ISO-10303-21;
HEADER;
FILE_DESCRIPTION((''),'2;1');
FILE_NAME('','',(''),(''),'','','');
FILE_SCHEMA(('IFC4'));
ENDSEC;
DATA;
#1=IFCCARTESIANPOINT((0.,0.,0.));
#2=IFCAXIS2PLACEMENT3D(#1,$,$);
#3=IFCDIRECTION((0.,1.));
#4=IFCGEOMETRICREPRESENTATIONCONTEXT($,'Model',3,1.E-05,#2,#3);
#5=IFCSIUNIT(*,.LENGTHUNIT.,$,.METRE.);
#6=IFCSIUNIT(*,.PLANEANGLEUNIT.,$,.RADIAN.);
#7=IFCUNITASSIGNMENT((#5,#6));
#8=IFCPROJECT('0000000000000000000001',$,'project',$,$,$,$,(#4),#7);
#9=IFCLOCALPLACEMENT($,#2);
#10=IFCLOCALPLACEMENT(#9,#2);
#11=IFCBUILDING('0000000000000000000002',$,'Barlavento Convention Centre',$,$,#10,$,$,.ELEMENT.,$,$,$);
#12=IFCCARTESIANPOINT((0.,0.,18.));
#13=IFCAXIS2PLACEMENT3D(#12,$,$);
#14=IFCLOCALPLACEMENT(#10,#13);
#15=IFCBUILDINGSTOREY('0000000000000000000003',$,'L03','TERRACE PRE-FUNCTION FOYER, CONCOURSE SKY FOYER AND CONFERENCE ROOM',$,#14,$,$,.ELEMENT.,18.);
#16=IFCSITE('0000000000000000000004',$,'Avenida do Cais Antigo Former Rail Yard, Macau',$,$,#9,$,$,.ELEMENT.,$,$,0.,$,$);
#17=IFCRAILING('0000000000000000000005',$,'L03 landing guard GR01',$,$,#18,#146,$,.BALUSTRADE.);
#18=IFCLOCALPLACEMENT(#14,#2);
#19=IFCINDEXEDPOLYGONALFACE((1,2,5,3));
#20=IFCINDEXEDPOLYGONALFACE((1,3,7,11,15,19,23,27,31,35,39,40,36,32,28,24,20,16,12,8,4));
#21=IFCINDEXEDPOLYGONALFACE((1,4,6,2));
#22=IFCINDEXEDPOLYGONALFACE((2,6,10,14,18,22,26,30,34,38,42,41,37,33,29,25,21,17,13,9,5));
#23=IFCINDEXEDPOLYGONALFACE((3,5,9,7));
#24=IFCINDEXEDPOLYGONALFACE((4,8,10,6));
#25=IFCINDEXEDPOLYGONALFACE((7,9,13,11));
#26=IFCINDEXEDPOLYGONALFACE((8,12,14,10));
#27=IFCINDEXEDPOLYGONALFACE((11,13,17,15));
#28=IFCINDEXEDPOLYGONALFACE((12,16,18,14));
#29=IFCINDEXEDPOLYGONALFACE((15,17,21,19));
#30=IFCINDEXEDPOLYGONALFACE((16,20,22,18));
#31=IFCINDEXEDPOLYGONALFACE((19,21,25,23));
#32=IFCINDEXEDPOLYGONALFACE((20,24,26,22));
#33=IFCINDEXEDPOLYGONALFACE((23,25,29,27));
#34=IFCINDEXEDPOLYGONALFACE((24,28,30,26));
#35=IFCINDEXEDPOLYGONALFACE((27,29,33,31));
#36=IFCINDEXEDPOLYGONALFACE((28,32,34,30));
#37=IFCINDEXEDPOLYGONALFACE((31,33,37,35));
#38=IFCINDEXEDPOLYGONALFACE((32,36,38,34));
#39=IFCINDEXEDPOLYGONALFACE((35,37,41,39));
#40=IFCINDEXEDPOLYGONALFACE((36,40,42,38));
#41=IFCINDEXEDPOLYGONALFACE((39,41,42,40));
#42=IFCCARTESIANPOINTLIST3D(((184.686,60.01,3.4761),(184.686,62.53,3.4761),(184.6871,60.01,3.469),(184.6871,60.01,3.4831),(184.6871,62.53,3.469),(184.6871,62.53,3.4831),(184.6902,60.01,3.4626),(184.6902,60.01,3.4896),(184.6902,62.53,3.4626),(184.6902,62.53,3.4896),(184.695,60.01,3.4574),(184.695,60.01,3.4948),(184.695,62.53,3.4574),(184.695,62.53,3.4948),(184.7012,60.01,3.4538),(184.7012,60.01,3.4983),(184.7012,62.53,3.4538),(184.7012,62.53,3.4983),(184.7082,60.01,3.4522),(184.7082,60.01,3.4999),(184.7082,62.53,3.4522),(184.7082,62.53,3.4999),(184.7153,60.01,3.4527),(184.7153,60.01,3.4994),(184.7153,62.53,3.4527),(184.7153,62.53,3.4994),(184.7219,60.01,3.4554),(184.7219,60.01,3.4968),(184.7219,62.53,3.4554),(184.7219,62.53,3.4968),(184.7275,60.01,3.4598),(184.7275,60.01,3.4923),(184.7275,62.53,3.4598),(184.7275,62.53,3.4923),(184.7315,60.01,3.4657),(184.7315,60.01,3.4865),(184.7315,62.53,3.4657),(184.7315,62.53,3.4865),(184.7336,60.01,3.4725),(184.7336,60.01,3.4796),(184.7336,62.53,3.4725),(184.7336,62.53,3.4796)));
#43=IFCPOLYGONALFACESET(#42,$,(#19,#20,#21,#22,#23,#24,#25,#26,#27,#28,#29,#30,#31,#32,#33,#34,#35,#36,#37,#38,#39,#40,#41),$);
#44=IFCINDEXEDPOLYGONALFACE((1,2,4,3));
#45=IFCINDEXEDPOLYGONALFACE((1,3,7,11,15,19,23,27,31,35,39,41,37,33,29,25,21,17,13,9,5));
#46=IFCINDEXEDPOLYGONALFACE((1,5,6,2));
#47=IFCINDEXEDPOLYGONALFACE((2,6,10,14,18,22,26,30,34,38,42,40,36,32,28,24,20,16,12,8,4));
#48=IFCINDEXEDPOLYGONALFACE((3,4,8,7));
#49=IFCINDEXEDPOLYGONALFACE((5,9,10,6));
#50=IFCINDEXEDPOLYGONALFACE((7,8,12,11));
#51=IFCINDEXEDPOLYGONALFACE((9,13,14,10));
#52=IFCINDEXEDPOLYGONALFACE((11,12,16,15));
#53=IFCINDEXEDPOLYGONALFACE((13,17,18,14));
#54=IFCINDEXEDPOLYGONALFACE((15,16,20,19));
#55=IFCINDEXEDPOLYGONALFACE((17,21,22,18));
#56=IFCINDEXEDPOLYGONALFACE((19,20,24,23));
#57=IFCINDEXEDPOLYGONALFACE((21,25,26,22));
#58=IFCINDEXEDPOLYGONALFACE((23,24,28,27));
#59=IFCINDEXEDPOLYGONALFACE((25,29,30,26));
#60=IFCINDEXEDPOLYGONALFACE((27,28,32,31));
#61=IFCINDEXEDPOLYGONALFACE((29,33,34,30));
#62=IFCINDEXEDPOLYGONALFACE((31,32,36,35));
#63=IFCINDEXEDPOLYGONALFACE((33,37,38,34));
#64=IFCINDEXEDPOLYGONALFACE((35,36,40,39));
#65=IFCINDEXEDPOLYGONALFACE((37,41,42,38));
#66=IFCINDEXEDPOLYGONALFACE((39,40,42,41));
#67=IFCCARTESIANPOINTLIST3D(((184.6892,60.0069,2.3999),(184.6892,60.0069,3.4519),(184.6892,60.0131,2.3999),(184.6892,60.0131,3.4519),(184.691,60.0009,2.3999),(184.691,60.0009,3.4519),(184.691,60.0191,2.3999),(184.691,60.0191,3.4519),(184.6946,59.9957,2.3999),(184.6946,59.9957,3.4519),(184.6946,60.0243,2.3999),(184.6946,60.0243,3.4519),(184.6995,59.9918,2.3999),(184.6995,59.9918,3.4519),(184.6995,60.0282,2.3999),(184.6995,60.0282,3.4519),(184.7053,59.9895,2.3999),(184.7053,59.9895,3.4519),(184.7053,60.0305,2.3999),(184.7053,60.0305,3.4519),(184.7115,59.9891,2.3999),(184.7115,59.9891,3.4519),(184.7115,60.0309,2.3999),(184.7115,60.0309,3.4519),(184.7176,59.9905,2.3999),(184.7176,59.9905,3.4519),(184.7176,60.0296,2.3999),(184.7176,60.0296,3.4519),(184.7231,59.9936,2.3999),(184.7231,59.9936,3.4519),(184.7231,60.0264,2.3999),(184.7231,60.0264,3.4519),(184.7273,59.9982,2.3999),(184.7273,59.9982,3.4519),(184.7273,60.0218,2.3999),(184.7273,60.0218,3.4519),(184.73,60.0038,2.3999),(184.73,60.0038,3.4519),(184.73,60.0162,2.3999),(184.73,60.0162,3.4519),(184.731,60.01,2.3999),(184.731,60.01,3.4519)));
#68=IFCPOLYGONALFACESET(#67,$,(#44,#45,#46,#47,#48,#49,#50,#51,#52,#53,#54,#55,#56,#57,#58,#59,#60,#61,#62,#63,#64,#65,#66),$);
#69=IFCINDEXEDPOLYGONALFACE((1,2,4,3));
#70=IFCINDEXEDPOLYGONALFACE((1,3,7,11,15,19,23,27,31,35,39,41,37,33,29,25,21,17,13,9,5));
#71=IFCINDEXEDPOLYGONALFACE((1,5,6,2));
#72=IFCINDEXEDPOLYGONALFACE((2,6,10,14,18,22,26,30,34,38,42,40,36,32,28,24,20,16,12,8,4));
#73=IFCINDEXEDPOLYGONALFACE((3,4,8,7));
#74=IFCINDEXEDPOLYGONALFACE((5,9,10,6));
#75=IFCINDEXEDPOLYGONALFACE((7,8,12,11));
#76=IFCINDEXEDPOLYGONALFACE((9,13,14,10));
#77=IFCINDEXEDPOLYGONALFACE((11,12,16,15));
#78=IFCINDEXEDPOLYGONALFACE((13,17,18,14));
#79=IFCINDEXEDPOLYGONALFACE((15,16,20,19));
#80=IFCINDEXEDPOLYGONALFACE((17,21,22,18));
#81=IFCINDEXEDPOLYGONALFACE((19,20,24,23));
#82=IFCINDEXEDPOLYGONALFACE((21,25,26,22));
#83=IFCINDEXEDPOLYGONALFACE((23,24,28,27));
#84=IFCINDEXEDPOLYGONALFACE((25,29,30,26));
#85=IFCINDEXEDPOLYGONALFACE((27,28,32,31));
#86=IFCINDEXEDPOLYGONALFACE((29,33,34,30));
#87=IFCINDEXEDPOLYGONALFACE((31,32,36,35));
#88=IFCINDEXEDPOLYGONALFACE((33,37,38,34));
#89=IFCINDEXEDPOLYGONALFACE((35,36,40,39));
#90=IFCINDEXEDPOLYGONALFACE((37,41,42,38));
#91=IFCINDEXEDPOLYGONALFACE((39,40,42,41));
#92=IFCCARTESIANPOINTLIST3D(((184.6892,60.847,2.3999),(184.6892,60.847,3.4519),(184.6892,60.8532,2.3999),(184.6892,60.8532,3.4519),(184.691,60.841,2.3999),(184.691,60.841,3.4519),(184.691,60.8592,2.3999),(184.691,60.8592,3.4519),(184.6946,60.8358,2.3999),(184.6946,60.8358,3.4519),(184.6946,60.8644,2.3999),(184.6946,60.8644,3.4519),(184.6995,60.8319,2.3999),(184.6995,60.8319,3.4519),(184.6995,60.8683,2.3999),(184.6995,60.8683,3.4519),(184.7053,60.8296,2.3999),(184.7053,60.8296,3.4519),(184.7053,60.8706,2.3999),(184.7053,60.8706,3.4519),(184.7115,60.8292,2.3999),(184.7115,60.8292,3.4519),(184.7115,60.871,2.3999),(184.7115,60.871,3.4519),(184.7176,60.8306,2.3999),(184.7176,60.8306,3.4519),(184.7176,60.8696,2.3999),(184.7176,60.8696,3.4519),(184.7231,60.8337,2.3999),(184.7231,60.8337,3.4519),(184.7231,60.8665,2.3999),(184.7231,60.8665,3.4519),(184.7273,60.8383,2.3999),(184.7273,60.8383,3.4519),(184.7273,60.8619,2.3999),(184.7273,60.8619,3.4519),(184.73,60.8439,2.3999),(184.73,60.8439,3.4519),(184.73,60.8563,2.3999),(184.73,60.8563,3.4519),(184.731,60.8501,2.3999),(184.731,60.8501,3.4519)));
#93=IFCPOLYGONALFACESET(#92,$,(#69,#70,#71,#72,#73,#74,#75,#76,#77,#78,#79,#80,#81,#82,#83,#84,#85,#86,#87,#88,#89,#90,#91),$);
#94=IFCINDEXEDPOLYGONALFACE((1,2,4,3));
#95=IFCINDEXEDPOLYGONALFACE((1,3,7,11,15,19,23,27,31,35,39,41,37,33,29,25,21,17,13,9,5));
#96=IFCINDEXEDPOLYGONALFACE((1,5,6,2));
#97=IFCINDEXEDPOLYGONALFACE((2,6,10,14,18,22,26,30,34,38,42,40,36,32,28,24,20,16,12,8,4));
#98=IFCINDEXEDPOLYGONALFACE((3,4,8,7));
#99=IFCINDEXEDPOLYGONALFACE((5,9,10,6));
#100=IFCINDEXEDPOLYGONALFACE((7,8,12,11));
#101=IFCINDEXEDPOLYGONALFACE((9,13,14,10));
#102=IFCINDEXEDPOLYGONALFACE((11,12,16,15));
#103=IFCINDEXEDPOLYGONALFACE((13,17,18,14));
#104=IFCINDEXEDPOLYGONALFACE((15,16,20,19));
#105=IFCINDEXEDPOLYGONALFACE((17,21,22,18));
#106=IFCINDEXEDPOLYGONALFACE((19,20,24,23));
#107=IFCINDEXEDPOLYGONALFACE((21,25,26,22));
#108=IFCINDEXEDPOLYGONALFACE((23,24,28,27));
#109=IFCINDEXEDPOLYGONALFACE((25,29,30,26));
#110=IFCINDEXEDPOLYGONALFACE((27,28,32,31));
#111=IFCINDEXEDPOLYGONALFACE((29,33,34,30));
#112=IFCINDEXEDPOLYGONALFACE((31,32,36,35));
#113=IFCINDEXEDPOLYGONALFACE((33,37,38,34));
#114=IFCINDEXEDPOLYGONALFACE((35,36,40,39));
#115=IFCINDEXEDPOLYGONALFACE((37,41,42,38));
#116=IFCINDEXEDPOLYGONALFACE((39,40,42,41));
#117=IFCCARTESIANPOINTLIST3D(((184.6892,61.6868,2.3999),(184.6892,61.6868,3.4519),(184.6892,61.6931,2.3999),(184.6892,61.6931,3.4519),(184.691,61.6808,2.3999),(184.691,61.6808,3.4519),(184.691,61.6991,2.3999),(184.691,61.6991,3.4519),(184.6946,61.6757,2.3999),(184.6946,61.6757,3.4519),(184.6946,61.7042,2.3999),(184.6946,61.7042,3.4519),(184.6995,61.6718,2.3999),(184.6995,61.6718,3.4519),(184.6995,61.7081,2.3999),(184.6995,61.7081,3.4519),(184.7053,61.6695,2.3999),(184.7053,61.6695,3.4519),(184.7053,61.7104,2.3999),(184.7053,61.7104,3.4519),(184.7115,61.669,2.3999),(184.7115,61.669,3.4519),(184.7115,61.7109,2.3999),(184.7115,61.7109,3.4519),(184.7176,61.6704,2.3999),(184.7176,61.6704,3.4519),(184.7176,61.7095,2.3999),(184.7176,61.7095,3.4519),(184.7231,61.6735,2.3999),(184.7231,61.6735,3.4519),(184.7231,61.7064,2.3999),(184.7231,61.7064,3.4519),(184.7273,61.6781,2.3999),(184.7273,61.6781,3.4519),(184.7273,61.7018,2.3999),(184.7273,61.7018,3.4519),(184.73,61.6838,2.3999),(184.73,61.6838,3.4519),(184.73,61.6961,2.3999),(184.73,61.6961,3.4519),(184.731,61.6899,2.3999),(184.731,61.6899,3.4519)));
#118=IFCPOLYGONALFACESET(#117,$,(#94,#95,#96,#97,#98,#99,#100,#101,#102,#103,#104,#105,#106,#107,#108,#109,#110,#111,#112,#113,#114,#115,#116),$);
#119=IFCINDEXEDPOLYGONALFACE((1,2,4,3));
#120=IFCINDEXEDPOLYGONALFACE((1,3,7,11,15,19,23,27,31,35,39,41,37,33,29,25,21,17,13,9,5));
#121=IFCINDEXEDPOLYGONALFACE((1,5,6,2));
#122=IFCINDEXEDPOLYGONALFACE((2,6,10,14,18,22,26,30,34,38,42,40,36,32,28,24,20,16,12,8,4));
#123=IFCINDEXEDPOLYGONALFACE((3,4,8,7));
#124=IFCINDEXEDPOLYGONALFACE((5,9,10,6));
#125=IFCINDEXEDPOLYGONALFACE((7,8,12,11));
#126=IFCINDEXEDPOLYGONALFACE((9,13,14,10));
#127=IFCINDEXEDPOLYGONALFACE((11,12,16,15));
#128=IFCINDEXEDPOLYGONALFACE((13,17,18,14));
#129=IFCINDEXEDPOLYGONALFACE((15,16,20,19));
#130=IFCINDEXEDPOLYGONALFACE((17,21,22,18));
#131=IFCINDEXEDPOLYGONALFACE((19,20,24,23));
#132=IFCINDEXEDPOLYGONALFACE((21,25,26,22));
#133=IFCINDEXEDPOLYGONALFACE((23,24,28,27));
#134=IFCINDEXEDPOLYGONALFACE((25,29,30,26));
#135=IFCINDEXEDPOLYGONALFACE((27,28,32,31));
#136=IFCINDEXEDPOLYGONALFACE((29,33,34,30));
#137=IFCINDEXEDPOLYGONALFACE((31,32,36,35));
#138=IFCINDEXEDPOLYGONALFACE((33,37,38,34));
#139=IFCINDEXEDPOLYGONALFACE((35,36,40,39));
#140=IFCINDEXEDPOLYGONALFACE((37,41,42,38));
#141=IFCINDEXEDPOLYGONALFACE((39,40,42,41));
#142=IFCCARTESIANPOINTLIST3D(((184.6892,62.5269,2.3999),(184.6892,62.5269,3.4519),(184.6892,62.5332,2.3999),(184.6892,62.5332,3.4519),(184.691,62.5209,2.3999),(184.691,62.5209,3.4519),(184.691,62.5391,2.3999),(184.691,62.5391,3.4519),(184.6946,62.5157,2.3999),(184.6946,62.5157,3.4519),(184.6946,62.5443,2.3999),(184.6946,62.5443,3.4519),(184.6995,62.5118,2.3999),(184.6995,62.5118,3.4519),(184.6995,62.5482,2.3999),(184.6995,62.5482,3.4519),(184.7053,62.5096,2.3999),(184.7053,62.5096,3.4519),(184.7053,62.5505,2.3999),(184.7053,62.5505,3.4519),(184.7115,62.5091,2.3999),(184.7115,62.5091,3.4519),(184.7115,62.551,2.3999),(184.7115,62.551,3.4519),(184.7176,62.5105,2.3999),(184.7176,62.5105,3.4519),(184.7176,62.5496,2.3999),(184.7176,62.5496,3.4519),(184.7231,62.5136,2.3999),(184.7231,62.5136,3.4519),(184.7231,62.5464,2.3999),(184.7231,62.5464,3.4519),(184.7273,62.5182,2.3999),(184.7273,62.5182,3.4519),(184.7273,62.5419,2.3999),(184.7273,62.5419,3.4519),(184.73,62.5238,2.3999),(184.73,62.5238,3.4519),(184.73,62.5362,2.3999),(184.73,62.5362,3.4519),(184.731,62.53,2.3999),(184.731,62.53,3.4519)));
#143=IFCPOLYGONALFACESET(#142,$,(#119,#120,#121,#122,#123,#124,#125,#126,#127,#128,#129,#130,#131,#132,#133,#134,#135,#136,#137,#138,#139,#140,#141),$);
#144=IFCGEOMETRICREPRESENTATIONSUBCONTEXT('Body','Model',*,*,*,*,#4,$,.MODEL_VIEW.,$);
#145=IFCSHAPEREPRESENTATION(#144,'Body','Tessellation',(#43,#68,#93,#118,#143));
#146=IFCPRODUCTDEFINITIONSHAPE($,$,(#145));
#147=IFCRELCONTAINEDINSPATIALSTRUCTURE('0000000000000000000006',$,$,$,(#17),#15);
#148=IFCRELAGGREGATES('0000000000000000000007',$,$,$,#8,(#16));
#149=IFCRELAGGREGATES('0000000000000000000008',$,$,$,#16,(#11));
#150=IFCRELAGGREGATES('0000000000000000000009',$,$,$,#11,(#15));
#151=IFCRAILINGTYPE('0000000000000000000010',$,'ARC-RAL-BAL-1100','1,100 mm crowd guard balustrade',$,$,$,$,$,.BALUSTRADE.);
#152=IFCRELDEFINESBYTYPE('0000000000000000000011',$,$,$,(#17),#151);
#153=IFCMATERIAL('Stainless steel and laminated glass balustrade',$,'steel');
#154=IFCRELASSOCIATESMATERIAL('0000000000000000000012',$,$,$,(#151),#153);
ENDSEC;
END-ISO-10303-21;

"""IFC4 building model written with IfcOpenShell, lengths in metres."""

from ifc_helpers import new_model, si_unit, direction, frame, origin, origin_2d, place, context, subcontext, project, spatial, circle, extrude, material, type_object, element, save


model = new_model("IFC4")

# Units and contexts
model_context = context("Model", 3, precision=1e-05, world=origin(), true_north=direction((0.0, 1.0)))
body_context = subcontext(model_context, "Body", "Model", "MODEL_VIEW")
ifc_project = project(units=[si_unit("LENGTHUNIT", "METRE"), si_unit("PLANEANGLEUNIT", "RADIAN")], contexts=[model_context])

# Site, building, storey
site_placement = place(None, origin())
site = spatial("IfcSite", under=ifc_project, at=site_placement, Name="Avenida do Cais Antigo Former Rail Yard, Macau", CompositionType="ELEMENT", RefElevation=0.0)
building_placement = place(site_placement, origin())
building = spatial("IfcBuilding", under=site, at=building_placement, Name="Barlavento Convention Centre", CompositionType="ELEMENT")
storey_placement = place(building_placement, frame((0.0, 0.0, 18.0)))
storey = spatial("IfcBuildingStorey", under=building, at=storey_placement, Name="L03", Description="TERRACE PRE-FUNCTION FOYER, CONCOURSE SKY FOYER AND CONFERENCE ROOM", CompositionType="ELEMENT", Elevation=18.0)

# Railing
ifc_material_1 = material(Name="Stainless steel and laminated glass balustrade", Category="steel")
railing_type_1 = type_object("IfcRailingType", Name="ARC-RAL-BAL-1100", Description="1,100 mm crowd guard balustrade", PredefinedType="BALUSTRADE", material=ifc_material_1)
for number, where, name in (
    (1, (184.71, 60.01, 2.3999), "L03 landing guard GR01"),
):
    element("IfcRailing", number, at=place(storey_placement, frame(where)), inside=storey, type_object=railing_type_1, Name=name, PredefinedType="BALUSTRADE", context=body_context, shape_type="SweptSolid", body=[
        extrude(circle(Radius=0.0239, at=origin_2d()), frame((0.0, 0.0, 1.0762), z_axis=(0.0, 1.0, 0.0), x_axis=(-1.0, 0.0, 0.0)), (0.0, 0.0, 1.0), 2.52),
        extrude(circle(Radius=0.021, at=origin_2d()), origin(), (0.0, 0.0, 1.0), 1.052),
        extrude(circle(Radius=0.021, at=origin_2d()), frame((0.0, 0.8401, 0.0)), (0.0, 0.0, 1.0), 1.052),
        extrude(circle(Radius=0.021, at=origin_2d()), frame((0.0, 1.6799, 0.0)), (0.0, 0.0, 1.0), 1.052),
        extrude(circle(Radius=0.021, at=origin_2d()), frame((0.0, 2.52, 0.0)), (0.0, 0.0, 1.0), 1.052),
    ])

save(model, "model.ifc")
